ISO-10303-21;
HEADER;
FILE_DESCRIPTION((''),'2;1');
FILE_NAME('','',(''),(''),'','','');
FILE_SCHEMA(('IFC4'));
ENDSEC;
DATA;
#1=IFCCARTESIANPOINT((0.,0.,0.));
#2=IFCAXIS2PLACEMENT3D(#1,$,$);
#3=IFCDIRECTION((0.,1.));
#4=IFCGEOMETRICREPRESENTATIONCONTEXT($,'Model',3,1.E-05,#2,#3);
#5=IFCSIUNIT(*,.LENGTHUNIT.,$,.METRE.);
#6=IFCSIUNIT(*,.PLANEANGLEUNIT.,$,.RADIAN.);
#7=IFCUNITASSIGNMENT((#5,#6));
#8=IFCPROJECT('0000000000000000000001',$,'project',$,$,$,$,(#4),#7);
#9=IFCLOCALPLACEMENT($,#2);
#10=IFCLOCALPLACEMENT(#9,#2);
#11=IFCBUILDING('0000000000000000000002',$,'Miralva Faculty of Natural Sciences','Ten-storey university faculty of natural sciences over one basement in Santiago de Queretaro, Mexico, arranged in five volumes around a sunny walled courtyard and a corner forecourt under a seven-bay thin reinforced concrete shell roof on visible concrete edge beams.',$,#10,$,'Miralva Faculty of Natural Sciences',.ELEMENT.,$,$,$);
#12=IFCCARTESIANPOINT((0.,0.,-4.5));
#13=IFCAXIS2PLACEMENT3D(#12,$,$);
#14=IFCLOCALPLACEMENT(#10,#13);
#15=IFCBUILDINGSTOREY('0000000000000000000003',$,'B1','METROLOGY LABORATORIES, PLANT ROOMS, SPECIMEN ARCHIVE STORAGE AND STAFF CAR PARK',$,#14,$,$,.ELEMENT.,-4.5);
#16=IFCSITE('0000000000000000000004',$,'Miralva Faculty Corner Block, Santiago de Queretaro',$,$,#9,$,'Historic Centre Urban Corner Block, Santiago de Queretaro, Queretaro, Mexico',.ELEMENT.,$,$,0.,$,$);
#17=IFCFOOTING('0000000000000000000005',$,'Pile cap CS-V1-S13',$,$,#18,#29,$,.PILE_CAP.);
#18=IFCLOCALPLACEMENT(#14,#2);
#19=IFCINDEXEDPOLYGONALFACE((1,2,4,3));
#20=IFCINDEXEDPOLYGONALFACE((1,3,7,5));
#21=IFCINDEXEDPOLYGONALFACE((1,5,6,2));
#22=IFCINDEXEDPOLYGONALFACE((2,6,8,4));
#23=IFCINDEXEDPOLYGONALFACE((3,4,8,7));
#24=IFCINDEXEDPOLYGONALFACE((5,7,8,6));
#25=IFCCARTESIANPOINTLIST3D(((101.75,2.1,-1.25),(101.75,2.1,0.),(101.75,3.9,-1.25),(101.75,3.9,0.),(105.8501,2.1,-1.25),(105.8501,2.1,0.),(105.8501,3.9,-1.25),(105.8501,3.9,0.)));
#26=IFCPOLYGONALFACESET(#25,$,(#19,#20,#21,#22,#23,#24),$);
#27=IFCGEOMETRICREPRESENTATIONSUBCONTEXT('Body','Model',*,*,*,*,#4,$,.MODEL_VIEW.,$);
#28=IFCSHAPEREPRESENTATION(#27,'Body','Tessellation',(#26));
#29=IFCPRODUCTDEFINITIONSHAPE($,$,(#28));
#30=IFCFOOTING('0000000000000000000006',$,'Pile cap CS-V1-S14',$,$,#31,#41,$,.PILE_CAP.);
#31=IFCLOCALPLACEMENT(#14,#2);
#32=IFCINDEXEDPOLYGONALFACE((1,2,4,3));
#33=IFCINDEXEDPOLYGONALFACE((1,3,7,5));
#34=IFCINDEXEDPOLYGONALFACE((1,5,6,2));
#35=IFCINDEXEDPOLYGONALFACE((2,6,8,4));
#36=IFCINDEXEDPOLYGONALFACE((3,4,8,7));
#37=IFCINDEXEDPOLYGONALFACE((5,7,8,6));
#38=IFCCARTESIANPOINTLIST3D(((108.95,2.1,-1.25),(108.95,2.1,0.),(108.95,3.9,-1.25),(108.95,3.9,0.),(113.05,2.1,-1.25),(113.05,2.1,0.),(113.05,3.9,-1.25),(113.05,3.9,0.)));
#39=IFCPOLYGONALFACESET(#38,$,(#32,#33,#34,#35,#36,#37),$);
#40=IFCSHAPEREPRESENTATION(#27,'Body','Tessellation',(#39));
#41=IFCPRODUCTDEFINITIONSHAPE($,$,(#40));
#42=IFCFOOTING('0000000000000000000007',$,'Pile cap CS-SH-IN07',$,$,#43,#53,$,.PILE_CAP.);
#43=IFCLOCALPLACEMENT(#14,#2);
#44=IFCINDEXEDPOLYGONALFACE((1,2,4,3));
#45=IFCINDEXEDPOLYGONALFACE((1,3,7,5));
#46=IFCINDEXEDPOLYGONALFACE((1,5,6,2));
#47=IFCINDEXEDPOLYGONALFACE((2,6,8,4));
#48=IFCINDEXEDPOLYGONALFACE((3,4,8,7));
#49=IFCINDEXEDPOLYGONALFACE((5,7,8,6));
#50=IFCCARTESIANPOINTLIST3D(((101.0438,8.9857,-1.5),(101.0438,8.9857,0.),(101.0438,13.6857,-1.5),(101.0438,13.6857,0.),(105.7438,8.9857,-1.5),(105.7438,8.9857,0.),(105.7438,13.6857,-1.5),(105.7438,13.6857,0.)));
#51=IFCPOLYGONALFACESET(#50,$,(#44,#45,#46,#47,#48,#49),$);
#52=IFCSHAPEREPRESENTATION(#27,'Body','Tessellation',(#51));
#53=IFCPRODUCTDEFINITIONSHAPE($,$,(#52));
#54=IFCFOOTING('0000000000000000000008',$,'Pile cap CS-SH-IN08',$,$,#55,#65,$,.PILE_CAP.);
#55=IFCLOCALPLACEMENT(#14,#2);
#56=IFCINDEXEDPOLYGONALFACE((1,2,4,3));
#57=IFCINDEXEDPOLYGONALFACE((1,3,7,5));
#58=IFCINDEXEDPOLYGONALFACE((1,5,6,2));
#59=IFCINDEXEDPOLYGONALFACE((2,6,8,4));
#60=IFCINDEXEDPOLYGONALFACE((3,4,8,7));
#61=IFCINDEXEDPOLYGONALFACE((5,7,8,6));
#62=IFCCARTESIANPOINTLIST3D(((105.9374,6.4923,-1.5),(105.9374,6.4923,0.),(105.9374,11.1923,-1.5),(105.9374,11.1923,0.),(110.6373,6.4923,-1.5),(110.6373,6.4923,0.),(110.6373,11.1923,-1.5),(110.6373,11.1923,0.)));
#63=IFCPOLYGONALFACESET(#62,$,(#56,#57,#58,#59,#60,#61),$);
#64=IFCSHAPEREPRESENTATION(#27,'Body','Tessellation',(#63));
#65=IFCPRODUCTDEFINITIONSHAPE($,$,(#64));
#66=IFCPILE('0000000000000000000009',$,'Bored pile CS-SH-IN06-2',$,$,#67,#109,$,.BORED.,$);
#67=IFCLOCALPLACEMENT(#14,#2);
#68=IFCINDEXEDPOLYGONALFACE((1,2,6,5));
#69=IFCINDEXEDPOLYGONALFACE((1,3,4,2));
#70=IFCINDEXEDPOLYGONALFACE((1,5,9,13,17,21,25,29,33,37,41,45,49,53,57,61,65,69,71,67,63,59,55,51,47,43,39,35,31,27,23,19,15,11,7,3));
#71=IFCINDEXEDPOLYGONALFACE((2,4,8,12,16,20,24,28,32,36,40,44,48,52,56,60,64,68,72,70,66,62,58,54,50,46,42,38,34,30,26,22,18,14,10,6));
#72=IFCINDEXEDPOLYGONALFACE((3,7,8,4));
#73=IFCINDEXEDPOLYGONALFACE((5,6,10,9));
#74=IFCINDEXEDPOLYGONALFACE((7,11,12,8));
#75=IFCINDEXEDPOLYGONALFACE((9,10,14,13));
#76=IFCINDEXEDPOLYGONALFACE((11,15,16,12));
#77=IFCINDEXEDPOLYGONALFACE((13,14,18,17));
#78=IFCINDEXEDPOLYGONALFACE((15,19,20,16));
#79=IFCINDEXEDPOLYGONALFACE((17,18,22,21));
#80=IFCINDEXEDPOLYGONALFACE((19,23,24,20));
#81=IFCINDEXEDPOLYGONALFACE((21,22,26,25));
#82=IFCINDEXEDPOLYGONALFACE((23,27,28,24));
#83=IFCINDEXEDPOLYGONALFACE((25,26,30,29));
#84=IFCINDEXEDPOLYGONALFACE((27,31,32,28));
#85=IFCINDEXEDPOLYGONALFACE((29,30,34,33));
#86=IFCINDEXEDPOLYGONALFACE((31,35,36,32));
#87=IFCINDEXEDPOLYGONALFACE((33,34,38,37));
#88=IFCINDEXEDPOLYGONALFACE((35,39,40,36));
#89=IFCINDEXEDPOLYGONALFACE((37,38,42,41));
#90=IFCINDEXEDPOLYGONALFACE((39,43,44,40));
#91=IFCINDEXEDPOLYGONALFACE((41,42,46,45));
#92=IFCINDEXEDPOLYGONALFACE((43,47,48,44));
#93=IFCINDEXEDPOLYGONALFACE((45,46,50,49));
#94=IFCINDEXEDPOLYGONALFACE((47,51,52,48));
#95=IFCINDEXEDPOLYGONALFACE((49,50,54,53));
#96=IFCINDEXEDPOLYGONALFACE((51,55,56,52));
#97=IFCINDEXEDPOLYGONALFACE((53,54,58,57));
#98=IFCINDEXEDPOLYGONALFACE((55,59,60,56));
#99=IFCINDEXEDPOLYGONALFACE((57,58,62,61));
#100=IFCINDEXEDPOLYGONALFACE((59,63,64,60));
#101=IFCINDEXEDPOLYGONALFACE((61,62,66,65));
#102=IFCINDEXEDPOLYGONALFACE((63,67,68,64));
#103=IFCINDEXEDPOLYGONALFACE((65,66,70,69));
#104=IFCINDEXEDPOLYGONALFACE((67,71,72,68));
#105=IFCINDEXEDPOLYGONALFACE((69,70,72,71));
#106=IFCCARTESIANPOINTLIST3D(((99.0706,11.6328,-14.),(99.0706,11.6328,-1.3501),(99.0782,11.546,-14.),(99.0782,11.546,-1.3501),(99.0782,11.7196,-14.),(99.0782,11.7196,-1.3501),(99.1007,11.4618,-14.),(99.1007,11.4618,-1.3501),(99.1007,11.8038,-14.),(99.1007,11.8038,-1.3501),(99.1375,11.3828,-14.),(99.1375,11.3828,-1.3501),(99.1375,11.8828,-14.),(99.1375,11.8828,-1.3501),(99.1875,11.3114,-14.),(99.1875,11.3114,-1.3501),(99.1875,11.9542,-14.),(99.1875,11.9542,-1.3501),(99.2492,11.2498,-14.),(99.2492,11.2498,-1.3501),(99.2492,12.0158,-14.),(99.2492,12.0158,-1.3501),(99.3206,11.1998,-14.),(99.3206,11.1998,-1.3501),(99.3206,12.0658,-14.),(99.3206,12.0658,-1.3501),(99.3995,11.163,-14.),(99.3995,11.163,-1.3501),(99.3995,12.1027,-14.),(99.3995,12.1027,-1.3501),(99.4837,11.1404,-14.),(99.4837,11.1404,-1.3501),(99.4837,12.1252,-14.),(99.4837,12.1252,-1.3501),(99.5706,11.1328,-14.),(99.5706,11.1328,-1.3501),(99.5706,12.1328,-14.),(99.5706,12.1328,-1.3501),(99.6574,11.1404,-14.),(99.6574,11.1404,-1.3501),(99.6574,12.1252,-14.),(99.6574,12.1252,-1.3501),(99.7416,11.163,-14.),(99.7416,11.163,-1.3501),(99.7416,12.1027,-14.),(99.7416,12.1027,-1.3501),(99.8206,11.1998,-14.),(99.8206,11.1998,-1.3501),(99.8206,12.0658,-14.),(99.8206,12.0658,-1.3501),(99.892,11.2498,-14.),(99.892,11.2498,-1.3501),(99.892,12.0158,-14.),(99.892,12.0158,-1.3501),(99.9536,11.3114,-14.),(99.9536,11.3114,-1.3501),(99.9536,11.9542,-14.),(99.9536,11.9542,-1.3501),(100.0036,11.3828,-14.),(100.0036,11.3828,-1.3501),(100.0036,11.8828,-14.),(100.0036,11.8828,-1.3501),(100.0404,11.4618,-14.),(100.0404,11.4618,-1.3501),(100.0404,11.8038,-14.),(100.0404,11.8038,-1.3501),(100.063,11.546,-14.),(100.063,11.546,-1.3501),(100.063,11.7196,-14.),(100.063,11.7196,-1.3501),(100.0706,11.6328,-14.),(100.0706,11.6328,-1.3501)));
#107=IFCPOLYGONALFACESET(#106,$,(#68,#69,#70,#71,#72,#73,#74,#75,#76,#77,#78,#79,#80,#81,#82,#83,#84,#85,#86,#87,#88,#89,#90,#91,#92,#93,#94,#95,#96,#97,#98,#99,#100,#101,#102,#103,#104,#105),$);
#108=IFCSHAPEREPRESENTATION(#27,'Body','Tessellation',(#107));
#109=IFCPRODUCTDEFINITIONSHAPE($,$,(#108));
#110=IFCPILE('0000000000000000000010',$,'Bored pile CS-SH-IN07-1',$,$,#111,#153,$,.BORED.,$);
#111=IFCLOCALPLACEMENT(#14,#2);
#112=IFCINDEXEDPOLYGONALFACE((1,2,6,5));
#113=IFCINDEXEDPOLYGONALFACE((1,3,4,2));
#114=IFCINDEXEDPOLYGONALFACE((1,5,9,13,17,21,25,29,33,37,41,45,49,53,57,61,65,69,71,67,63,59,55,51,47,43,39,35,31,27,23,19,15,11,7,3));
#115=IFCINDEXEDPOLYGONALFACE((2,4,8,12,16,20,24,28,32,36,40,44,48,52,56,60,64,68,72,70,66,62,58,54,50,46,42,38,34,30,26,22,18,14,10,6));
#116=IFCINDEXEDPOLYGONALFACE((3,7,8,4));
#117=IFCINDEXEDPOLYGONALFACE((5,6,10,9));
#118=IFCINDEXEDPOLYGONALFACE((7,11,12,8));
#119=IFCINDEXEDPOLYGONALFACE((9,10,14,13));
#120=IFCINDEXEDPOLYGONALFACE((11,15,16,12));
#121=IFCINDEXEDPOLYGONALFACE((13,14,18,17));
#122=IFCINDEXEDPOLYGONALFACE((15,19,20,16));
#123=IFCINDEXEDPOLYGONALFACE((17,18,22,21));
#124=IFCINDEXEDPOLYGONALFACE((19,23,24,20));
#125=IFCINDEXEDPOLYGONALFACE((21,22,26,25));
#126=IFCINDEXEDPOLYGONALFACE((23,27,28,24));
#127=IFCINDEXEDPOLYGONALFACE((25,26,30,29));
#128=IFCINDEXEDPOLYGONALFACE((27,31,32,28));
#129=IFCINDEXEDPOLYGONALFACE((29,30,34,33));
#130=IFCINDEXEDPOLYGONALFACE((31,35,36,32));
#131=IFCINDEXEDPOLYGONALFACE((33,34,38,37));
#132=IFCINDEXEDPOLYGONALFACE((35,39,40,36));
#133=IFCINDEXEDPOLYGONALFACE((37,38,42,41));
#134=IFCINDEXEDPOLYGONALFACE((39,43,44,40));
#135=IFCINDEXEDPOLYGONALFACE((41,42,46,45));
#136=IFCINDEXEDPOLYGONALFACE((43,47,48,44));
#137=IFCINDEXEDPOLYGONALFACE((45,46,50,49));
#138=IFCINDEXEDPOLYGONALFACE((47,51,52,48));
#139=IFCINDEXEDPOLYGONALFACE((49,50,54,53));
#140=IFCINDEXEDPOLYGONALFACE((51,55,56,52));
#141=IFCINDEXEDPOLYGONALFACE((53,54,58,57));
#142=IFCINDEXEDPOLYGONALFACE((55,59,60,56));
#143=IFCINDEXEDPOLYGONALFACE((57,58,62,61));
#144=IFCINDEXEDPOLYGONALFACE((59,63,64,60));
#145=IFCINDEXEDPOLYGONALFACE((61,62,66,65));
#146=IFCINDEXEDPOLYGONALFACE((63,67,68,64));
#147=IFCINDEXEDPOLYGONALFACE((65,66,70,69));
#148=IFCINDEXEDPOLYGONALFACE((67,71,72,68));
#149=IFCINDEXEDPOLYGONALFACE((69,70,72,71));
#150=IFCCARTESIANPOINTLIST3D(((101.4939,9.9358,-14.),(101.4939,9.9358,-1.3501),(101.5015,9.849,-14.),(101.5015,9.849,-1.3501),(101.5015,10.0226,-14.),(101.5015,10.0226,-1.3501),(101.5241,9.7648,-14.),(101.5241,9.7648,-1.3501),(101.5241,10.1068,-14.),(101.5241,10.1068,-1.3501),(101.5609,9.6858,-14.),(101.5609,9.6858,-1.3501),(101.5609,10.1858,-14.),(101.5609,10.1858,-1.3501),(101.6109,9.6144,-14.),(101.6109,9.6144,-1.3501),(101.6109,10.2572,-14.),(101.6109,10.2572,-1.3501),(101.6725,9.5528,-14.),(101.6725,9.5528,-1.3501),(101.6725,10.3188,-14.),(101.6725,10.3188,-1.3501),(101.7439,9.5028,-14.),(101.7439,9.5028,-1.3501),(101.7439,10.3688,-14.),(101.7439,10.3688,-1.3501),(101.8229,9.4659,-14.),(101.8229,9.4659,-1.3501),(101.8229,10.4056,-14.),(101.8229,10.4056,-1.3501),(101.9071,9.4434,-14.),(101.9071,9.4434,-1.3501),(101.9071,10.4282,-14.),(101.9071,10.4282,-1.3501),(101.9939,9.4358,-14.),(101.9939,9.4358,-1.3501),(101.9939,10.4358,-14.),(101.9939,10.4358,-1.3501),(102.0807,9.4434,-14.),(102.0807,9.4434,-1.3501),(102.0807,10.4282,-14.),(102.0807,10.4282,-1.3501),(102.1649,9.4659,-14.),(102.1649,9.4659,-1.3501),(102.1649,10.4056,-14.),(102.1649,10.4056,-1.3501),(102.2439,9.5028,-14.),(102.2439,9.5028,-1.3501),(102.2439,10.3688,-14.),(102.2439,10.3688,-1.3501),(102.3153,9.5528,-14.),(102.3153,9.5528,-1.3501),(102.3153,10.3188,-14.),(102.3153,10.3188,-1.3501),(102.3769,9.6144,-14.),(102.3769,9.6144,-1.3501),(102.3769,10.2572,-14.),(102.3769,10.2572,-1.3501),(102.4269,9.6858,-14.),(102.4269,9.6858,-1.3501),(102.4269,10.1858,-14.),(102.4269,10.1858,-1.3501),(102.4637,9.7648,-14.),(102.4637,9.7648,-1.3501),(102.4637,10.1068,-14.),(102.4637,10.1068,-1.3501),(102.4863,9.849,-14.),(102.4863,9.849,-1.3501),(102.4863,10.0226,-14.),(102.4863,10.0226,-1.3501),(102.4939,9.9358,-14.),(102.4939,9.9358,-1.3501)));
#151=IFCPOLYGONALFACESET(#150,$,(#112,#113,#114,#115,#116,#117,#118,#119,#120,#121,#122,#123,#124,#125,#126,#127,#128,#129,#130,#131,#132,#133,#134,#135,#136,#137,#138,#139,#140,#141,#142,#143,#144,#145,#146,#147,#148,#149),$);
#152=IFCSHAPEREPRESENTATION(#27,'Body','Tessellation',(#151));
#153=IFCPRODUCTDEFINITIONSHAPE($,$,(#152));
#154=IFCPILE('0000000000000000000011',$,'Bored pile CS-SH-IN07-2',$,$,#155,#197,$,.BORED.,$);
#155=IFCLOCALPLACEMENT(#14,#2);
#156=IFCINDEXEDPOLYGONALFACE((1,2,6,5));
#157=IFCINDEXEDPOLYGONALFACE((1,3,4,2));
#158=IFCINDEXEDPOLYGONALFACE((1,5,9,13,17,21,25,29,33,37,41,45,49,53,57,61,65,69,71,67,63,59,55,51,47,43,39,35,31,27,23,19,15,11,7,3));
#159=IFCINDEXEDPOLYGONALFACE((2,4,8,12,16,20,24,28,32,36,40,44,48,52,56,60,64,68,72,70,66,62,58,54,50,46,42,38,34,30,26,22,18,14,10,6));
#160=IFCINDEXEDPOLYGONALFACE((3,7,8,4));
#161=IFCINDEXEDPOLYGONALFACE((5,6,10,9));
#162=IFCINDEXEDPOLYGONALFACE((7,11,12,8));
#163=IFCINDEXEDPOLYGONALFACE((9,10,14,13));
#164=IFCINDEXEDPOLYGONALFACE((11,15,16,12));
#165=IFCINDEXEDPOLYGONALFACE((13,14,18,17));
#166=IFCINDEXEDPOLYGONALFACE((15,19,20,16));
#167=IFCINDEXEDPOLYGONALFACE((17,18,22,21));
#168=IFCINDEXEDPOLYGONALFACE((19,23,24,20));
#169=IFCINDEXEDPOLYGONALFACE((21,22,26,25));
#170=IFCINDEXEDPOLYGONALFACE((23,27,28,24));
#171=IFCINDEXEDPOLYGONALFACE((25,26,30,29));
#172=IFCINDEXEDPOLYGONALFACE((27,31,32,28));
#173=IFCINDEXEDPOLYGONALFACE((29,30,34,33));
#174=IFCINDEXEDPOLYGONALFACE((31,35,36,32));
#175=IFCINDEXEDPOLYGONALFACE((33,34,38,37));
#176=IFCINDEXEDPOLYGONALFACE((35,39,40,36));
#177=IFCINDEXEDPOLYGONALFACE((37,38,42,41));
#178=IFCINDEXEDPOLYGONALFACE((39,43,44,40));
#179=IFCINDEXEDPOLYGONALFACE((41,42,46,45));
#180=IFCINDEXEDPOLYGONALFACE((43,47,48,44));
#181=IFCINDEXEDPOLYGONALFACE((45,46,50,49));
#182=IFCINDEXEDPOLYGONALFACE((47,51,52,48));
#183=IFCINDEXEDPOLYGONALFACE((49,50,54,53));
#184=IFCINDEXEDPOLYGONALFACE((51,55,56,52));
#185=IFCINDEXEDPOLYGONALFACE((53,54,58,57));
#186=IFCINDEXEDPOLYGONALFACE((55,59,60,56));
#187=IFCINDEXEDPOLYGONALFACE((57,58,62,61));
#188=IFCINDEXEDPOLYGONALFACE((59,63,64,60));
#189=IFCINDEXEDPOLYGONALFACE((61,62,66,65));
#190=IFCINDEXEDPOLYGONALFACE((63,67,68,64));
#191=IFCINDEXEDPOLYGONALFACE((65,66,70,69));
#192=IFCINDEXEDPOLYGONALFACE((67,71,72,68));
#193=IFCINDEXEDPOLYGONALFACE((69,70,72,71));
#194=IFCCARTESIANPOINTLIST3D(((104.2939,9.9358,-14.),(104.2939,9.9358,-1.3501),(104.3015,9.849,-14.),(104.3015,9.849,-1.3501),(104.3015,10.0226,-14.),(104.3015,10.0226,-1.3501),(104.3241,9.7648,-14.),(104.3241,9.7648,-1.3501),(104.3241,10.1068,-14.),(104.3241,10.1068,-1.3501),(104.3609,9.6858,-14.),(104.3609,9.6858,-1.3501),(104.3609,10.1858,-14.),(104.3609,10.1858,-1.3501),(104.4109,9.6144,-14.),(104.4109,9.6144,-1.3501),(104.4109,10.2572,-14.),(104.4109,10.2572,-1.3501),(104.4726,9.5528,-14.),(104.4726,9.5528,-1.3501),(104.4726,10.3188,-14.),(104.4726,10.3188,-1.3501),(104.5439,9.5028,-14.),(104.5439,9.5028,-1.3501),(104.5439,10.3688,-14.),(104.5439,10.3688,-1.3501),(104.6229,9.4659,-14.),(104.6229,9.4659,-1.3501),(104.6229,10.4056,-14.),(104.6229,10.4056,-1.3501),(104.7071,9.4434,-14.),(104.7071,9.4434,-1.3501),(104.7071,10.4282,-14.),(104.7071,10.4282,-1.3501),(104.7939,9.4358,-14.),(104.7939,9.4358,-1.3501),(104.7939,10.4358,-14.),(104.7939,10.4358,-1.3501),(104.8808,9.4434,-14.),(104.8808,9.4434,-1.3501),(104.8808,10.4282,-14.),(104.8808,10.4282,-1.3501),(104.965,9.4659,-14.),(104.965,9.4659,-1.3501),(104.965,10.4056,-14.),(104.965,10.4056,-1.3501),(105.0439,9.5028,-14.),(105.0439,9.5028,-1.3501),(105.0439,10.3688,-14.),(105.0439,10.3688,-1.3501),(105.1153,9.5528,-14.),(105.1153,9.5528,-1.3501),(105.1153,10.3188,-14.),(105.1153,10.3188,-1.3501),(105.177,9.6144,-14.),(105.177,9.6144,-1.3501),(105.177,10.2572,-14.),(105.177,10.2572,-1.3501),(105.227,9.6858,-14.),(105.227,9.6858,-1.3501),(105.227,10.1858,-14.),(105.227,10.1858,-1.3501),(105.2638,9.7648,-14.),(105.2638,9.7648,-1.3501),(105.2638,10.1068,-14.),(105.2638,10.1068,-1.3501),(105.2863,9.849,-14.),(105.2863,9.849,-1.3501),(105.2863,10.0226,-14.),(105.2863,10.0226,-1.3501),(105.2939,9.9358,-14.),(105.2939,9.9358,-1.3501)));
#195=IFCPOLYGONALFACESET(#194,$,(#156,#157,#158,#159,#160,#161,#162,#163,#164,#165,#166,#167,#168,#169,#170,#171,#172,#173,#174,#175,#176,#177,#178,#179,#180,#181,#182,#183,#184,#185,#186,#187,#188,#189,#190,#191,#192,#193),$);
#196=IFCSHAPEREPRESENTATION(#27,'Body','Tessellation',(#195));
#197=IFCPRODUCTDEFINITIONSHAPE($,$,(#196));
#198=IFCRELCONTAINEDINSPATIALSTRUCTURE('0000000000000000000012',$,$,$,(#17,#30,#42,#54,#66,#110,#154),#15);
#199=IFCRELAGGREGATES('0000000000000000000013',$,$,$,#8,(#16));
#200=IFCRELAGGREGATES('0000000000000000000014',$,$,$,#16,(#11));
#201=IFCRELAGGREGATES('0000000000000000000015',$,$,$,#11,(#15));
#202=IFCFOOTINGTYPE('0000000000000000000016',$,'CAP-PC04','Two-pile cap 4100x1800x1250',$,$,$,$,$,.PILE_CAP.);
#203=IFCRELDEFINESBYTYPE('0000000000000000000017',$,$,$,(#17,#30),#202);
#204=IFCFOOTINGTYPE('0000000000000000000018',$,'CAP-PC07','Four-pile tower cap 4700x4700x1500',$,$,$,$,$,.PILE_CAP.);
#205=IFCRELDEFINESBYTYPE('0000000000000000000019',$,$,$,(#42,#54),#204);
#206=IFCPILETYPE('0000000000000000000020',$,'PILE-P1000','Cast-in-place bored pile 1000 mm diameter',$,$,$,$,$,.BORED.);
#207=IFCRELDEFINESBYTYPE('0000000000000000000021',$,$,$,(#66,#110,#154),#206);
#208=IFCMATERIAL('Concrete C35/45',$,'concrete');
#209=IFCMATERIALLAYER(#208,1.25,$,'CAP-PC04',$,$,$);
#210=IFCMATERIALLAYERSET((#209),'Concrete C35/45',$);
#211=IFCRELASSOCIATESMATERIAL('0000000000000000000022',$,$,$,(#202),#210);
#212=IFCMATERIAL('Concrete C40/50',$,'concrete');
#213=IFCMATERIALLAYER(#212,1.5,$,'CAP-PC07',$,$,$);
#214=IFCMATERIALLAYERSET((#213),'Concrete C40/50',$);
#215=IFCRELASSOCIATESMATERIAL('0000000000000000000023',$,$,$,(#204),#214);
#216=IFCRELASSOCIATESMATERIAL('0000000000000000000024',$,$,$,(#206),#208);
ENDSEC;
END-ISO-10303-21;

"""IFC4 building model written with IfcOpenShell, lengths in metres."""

from ifc_helpers import new_model, si_unit, direction, frame, origin, origin_2d, place, context, subcontext, project, spatial, rectangle, circle, extrude, material, layer, layer_set, material_profile, profile_set, type_object, element, save


model = new_model("IFC4")

# Units and contexts
model_context = context("Model", 3, precision=1e-05, world=origin(), true_north=direction((0.0, 1.0)))
body_context = subcontext(model_context, "Body", "Model", "MODEL_VIEW")
ifc_project = project(units=[si_unit("LENGTHUNIT", "METRE"), si_unit("PLANEANGLEUNIT", "RADIAN")], contexts=[model_context])

# Site, building, storey
site_placement = place(None, origin())
site = spatial("IfcSite", under=ifc_project, at=site_placement, Name="Miralva Faculty Corner Block, Santiago de Queretaro", LongName="Historic Centre Urban Corner Block, Santiago de Queretaro, Queretaro, Mexico", CompositionType="ELEMENT", RefElevation=0.0)
building_placement = place(site_placement, origin())
building = spatial("IfcBuilding", under=site, at=building_placement, Name="Miralva Faculty of Natural Sciences", Description="Ten-storey university faculty of natural sciences over one basement in Santiago de Queretaro, Mexico, arranged in five volumes around a sunny walled courtyard and a corner forecourt under a seven-bay thin reinforced concrete shell roof on visible concrete edge beams.", LongName="Miralva Faculty of Natural Sciences", CompositionType="ELEMENT")
storey_placement = place(building_placement, frame((0.0, 0.0, -4.5)))
storey = spatial("IfcBuildingStorey", under=building, at=storey_placement, Name="B1", Description="METROLOGY LABORATORIES, PLANT ROOMS, SPECIMEN ARCHIVE STORAGE AND STAFF CAR PARK", CompositionType="ELEMENT", Elevation=-4.5)

# Footings
ifc_material_1 = material(Name="Concrete C35/45", Category="concrete")
ifc_layer_1 = layer(ifc_material_1, 1.25, Name="CAP-PC04")
ifc_layer_set_1 = layer_set([ifc_layer_1], Name="Concrete C35/45")
footing_type_1 = type_object("IfcFootingType", Name="CAP-PC04", Description="Two-pile cap 4100x1800x1250", PredefinedType="PILE_CAP", material=ifc_layer_set_1)
for number, where, z_axis, x_axis, name in (
    (1, (103.8, 3.0, -1.25), (0.0, 0.0, 1.0), (1.0, 0.0, 0.0), "Pile cap CS-V1-S13"),
    (2, (111.0, 3.0, -1.25), (0.0, 0.0, 1.0), (1.0, 0.0, 0.0), "Pile cap CS-V1-S14"),
):
    element("IfcFooting", number, at=place(storey_placement, frame(where, z_axis=z_axis, x_axis=x_axis)), inside=storey, type_object=footing_type_1, Name=name, PredefinedType="PILE_CAP", context=body_context, shape_type="SweptSolid", body=[
        extrude(rectangle(XDim=4.1001, YDim=1.8, at=origin_2d()), origin(), (0.0, 0.0, 1.0), 1.25),
    ])
ifc_material_2 = material(Name="Concrete C40/50", Category="concrete")
ifc_layer_2 = layer(ifc_material_2, 1.5, Name="CAP-PC07")
ifc_layer_set_2 = layer_set([ifc_layer_2], Name="Concrete C40/50")
footing_type_2 = type_object("IfcFootingType", Name="CAP-PC07", Description="Four-pile tower cap 4700x4700x1500", PredefinedType="PILE_CAP", material=ifc_layer_set_2)
for number, where, z_axis, x_axis, name in (
    (3, (103.3938, 11.3357, -1.5), (0.0, 0.0, 1.0), (1.0, 0.0, 0.0), "Pile cap CS-SH-IN07"),
    (4, (108.2874, 8.8423, -1.5), (0.0, 0.0, 1.0), (1.0, 0.0, 0.0), "Pile cap CS-SH-IN08"),
):
    element("IfcFooting", number, at=place(storey_placement, frame(where, z_axis=z_axis, x_axis=x_axis)), inside=storey, type_object=footing_type_2, Name=name, PredefinedType="PILE_CAP", context=body_context, shape_type="SweptSolid", body=[
        extrude(rectangle(XDim=4.7, YDim=4.7, at=origin_2d()), origin(), (0.0, 0.0, 1.0), 1.5),
    ])

# Piles
ifc_material_profile_1 = material_profile(ifc_material_1, circle(Radius=0.5, at=origin_2d()), Name="BORED PILE 1000")
ifc_profile_set_1 = profile_set([ifc_material_profile_1], Name="Concrete C35/45")
pile_type = type_object("IfcPileType", Name="PILE-P1000", Description="Cast-in-place bored pile 1000 mm diameter", PredefinedType="BORED", material=ifc_profile_set_1)
for number, where, z_axis, x_axis, name in (
    (5, (99.5706, 11.6328, -1.3501), (0.0, 0.0, -1.0), (1.0, 0.0, 0.0), "Bored pile CS-SH-IN06-2"),
    (6, (101.9939, 9.9358, -1.3501), (0.0, 0.0, -1.0), (1.0, 0.0, 0.0), "Bored pile CS-SH-IN07-1"),
    (7, (104.7939, 9.9358, -1.3501), (0.0, 0.0, -1.0), (1.0, 0.0, 0.0), "Bored pile CS-SH-IN07-2"),
):
    element("IfcPile", number, at=place(storey_placement, frame(where, z_axis=z_axis, x_axis=x_axis)), inside=storey, type_object=pile_type, Name=name, PredefinedType="BORED", context=body_context, shape_type="SweptSolid", body=[
        extrude(circle(Radius=0.5, at=origin_2d()), origin(), (0.0, 0.0, 1.0), 12.6499),
    ])

save(model, "model.ifc")
